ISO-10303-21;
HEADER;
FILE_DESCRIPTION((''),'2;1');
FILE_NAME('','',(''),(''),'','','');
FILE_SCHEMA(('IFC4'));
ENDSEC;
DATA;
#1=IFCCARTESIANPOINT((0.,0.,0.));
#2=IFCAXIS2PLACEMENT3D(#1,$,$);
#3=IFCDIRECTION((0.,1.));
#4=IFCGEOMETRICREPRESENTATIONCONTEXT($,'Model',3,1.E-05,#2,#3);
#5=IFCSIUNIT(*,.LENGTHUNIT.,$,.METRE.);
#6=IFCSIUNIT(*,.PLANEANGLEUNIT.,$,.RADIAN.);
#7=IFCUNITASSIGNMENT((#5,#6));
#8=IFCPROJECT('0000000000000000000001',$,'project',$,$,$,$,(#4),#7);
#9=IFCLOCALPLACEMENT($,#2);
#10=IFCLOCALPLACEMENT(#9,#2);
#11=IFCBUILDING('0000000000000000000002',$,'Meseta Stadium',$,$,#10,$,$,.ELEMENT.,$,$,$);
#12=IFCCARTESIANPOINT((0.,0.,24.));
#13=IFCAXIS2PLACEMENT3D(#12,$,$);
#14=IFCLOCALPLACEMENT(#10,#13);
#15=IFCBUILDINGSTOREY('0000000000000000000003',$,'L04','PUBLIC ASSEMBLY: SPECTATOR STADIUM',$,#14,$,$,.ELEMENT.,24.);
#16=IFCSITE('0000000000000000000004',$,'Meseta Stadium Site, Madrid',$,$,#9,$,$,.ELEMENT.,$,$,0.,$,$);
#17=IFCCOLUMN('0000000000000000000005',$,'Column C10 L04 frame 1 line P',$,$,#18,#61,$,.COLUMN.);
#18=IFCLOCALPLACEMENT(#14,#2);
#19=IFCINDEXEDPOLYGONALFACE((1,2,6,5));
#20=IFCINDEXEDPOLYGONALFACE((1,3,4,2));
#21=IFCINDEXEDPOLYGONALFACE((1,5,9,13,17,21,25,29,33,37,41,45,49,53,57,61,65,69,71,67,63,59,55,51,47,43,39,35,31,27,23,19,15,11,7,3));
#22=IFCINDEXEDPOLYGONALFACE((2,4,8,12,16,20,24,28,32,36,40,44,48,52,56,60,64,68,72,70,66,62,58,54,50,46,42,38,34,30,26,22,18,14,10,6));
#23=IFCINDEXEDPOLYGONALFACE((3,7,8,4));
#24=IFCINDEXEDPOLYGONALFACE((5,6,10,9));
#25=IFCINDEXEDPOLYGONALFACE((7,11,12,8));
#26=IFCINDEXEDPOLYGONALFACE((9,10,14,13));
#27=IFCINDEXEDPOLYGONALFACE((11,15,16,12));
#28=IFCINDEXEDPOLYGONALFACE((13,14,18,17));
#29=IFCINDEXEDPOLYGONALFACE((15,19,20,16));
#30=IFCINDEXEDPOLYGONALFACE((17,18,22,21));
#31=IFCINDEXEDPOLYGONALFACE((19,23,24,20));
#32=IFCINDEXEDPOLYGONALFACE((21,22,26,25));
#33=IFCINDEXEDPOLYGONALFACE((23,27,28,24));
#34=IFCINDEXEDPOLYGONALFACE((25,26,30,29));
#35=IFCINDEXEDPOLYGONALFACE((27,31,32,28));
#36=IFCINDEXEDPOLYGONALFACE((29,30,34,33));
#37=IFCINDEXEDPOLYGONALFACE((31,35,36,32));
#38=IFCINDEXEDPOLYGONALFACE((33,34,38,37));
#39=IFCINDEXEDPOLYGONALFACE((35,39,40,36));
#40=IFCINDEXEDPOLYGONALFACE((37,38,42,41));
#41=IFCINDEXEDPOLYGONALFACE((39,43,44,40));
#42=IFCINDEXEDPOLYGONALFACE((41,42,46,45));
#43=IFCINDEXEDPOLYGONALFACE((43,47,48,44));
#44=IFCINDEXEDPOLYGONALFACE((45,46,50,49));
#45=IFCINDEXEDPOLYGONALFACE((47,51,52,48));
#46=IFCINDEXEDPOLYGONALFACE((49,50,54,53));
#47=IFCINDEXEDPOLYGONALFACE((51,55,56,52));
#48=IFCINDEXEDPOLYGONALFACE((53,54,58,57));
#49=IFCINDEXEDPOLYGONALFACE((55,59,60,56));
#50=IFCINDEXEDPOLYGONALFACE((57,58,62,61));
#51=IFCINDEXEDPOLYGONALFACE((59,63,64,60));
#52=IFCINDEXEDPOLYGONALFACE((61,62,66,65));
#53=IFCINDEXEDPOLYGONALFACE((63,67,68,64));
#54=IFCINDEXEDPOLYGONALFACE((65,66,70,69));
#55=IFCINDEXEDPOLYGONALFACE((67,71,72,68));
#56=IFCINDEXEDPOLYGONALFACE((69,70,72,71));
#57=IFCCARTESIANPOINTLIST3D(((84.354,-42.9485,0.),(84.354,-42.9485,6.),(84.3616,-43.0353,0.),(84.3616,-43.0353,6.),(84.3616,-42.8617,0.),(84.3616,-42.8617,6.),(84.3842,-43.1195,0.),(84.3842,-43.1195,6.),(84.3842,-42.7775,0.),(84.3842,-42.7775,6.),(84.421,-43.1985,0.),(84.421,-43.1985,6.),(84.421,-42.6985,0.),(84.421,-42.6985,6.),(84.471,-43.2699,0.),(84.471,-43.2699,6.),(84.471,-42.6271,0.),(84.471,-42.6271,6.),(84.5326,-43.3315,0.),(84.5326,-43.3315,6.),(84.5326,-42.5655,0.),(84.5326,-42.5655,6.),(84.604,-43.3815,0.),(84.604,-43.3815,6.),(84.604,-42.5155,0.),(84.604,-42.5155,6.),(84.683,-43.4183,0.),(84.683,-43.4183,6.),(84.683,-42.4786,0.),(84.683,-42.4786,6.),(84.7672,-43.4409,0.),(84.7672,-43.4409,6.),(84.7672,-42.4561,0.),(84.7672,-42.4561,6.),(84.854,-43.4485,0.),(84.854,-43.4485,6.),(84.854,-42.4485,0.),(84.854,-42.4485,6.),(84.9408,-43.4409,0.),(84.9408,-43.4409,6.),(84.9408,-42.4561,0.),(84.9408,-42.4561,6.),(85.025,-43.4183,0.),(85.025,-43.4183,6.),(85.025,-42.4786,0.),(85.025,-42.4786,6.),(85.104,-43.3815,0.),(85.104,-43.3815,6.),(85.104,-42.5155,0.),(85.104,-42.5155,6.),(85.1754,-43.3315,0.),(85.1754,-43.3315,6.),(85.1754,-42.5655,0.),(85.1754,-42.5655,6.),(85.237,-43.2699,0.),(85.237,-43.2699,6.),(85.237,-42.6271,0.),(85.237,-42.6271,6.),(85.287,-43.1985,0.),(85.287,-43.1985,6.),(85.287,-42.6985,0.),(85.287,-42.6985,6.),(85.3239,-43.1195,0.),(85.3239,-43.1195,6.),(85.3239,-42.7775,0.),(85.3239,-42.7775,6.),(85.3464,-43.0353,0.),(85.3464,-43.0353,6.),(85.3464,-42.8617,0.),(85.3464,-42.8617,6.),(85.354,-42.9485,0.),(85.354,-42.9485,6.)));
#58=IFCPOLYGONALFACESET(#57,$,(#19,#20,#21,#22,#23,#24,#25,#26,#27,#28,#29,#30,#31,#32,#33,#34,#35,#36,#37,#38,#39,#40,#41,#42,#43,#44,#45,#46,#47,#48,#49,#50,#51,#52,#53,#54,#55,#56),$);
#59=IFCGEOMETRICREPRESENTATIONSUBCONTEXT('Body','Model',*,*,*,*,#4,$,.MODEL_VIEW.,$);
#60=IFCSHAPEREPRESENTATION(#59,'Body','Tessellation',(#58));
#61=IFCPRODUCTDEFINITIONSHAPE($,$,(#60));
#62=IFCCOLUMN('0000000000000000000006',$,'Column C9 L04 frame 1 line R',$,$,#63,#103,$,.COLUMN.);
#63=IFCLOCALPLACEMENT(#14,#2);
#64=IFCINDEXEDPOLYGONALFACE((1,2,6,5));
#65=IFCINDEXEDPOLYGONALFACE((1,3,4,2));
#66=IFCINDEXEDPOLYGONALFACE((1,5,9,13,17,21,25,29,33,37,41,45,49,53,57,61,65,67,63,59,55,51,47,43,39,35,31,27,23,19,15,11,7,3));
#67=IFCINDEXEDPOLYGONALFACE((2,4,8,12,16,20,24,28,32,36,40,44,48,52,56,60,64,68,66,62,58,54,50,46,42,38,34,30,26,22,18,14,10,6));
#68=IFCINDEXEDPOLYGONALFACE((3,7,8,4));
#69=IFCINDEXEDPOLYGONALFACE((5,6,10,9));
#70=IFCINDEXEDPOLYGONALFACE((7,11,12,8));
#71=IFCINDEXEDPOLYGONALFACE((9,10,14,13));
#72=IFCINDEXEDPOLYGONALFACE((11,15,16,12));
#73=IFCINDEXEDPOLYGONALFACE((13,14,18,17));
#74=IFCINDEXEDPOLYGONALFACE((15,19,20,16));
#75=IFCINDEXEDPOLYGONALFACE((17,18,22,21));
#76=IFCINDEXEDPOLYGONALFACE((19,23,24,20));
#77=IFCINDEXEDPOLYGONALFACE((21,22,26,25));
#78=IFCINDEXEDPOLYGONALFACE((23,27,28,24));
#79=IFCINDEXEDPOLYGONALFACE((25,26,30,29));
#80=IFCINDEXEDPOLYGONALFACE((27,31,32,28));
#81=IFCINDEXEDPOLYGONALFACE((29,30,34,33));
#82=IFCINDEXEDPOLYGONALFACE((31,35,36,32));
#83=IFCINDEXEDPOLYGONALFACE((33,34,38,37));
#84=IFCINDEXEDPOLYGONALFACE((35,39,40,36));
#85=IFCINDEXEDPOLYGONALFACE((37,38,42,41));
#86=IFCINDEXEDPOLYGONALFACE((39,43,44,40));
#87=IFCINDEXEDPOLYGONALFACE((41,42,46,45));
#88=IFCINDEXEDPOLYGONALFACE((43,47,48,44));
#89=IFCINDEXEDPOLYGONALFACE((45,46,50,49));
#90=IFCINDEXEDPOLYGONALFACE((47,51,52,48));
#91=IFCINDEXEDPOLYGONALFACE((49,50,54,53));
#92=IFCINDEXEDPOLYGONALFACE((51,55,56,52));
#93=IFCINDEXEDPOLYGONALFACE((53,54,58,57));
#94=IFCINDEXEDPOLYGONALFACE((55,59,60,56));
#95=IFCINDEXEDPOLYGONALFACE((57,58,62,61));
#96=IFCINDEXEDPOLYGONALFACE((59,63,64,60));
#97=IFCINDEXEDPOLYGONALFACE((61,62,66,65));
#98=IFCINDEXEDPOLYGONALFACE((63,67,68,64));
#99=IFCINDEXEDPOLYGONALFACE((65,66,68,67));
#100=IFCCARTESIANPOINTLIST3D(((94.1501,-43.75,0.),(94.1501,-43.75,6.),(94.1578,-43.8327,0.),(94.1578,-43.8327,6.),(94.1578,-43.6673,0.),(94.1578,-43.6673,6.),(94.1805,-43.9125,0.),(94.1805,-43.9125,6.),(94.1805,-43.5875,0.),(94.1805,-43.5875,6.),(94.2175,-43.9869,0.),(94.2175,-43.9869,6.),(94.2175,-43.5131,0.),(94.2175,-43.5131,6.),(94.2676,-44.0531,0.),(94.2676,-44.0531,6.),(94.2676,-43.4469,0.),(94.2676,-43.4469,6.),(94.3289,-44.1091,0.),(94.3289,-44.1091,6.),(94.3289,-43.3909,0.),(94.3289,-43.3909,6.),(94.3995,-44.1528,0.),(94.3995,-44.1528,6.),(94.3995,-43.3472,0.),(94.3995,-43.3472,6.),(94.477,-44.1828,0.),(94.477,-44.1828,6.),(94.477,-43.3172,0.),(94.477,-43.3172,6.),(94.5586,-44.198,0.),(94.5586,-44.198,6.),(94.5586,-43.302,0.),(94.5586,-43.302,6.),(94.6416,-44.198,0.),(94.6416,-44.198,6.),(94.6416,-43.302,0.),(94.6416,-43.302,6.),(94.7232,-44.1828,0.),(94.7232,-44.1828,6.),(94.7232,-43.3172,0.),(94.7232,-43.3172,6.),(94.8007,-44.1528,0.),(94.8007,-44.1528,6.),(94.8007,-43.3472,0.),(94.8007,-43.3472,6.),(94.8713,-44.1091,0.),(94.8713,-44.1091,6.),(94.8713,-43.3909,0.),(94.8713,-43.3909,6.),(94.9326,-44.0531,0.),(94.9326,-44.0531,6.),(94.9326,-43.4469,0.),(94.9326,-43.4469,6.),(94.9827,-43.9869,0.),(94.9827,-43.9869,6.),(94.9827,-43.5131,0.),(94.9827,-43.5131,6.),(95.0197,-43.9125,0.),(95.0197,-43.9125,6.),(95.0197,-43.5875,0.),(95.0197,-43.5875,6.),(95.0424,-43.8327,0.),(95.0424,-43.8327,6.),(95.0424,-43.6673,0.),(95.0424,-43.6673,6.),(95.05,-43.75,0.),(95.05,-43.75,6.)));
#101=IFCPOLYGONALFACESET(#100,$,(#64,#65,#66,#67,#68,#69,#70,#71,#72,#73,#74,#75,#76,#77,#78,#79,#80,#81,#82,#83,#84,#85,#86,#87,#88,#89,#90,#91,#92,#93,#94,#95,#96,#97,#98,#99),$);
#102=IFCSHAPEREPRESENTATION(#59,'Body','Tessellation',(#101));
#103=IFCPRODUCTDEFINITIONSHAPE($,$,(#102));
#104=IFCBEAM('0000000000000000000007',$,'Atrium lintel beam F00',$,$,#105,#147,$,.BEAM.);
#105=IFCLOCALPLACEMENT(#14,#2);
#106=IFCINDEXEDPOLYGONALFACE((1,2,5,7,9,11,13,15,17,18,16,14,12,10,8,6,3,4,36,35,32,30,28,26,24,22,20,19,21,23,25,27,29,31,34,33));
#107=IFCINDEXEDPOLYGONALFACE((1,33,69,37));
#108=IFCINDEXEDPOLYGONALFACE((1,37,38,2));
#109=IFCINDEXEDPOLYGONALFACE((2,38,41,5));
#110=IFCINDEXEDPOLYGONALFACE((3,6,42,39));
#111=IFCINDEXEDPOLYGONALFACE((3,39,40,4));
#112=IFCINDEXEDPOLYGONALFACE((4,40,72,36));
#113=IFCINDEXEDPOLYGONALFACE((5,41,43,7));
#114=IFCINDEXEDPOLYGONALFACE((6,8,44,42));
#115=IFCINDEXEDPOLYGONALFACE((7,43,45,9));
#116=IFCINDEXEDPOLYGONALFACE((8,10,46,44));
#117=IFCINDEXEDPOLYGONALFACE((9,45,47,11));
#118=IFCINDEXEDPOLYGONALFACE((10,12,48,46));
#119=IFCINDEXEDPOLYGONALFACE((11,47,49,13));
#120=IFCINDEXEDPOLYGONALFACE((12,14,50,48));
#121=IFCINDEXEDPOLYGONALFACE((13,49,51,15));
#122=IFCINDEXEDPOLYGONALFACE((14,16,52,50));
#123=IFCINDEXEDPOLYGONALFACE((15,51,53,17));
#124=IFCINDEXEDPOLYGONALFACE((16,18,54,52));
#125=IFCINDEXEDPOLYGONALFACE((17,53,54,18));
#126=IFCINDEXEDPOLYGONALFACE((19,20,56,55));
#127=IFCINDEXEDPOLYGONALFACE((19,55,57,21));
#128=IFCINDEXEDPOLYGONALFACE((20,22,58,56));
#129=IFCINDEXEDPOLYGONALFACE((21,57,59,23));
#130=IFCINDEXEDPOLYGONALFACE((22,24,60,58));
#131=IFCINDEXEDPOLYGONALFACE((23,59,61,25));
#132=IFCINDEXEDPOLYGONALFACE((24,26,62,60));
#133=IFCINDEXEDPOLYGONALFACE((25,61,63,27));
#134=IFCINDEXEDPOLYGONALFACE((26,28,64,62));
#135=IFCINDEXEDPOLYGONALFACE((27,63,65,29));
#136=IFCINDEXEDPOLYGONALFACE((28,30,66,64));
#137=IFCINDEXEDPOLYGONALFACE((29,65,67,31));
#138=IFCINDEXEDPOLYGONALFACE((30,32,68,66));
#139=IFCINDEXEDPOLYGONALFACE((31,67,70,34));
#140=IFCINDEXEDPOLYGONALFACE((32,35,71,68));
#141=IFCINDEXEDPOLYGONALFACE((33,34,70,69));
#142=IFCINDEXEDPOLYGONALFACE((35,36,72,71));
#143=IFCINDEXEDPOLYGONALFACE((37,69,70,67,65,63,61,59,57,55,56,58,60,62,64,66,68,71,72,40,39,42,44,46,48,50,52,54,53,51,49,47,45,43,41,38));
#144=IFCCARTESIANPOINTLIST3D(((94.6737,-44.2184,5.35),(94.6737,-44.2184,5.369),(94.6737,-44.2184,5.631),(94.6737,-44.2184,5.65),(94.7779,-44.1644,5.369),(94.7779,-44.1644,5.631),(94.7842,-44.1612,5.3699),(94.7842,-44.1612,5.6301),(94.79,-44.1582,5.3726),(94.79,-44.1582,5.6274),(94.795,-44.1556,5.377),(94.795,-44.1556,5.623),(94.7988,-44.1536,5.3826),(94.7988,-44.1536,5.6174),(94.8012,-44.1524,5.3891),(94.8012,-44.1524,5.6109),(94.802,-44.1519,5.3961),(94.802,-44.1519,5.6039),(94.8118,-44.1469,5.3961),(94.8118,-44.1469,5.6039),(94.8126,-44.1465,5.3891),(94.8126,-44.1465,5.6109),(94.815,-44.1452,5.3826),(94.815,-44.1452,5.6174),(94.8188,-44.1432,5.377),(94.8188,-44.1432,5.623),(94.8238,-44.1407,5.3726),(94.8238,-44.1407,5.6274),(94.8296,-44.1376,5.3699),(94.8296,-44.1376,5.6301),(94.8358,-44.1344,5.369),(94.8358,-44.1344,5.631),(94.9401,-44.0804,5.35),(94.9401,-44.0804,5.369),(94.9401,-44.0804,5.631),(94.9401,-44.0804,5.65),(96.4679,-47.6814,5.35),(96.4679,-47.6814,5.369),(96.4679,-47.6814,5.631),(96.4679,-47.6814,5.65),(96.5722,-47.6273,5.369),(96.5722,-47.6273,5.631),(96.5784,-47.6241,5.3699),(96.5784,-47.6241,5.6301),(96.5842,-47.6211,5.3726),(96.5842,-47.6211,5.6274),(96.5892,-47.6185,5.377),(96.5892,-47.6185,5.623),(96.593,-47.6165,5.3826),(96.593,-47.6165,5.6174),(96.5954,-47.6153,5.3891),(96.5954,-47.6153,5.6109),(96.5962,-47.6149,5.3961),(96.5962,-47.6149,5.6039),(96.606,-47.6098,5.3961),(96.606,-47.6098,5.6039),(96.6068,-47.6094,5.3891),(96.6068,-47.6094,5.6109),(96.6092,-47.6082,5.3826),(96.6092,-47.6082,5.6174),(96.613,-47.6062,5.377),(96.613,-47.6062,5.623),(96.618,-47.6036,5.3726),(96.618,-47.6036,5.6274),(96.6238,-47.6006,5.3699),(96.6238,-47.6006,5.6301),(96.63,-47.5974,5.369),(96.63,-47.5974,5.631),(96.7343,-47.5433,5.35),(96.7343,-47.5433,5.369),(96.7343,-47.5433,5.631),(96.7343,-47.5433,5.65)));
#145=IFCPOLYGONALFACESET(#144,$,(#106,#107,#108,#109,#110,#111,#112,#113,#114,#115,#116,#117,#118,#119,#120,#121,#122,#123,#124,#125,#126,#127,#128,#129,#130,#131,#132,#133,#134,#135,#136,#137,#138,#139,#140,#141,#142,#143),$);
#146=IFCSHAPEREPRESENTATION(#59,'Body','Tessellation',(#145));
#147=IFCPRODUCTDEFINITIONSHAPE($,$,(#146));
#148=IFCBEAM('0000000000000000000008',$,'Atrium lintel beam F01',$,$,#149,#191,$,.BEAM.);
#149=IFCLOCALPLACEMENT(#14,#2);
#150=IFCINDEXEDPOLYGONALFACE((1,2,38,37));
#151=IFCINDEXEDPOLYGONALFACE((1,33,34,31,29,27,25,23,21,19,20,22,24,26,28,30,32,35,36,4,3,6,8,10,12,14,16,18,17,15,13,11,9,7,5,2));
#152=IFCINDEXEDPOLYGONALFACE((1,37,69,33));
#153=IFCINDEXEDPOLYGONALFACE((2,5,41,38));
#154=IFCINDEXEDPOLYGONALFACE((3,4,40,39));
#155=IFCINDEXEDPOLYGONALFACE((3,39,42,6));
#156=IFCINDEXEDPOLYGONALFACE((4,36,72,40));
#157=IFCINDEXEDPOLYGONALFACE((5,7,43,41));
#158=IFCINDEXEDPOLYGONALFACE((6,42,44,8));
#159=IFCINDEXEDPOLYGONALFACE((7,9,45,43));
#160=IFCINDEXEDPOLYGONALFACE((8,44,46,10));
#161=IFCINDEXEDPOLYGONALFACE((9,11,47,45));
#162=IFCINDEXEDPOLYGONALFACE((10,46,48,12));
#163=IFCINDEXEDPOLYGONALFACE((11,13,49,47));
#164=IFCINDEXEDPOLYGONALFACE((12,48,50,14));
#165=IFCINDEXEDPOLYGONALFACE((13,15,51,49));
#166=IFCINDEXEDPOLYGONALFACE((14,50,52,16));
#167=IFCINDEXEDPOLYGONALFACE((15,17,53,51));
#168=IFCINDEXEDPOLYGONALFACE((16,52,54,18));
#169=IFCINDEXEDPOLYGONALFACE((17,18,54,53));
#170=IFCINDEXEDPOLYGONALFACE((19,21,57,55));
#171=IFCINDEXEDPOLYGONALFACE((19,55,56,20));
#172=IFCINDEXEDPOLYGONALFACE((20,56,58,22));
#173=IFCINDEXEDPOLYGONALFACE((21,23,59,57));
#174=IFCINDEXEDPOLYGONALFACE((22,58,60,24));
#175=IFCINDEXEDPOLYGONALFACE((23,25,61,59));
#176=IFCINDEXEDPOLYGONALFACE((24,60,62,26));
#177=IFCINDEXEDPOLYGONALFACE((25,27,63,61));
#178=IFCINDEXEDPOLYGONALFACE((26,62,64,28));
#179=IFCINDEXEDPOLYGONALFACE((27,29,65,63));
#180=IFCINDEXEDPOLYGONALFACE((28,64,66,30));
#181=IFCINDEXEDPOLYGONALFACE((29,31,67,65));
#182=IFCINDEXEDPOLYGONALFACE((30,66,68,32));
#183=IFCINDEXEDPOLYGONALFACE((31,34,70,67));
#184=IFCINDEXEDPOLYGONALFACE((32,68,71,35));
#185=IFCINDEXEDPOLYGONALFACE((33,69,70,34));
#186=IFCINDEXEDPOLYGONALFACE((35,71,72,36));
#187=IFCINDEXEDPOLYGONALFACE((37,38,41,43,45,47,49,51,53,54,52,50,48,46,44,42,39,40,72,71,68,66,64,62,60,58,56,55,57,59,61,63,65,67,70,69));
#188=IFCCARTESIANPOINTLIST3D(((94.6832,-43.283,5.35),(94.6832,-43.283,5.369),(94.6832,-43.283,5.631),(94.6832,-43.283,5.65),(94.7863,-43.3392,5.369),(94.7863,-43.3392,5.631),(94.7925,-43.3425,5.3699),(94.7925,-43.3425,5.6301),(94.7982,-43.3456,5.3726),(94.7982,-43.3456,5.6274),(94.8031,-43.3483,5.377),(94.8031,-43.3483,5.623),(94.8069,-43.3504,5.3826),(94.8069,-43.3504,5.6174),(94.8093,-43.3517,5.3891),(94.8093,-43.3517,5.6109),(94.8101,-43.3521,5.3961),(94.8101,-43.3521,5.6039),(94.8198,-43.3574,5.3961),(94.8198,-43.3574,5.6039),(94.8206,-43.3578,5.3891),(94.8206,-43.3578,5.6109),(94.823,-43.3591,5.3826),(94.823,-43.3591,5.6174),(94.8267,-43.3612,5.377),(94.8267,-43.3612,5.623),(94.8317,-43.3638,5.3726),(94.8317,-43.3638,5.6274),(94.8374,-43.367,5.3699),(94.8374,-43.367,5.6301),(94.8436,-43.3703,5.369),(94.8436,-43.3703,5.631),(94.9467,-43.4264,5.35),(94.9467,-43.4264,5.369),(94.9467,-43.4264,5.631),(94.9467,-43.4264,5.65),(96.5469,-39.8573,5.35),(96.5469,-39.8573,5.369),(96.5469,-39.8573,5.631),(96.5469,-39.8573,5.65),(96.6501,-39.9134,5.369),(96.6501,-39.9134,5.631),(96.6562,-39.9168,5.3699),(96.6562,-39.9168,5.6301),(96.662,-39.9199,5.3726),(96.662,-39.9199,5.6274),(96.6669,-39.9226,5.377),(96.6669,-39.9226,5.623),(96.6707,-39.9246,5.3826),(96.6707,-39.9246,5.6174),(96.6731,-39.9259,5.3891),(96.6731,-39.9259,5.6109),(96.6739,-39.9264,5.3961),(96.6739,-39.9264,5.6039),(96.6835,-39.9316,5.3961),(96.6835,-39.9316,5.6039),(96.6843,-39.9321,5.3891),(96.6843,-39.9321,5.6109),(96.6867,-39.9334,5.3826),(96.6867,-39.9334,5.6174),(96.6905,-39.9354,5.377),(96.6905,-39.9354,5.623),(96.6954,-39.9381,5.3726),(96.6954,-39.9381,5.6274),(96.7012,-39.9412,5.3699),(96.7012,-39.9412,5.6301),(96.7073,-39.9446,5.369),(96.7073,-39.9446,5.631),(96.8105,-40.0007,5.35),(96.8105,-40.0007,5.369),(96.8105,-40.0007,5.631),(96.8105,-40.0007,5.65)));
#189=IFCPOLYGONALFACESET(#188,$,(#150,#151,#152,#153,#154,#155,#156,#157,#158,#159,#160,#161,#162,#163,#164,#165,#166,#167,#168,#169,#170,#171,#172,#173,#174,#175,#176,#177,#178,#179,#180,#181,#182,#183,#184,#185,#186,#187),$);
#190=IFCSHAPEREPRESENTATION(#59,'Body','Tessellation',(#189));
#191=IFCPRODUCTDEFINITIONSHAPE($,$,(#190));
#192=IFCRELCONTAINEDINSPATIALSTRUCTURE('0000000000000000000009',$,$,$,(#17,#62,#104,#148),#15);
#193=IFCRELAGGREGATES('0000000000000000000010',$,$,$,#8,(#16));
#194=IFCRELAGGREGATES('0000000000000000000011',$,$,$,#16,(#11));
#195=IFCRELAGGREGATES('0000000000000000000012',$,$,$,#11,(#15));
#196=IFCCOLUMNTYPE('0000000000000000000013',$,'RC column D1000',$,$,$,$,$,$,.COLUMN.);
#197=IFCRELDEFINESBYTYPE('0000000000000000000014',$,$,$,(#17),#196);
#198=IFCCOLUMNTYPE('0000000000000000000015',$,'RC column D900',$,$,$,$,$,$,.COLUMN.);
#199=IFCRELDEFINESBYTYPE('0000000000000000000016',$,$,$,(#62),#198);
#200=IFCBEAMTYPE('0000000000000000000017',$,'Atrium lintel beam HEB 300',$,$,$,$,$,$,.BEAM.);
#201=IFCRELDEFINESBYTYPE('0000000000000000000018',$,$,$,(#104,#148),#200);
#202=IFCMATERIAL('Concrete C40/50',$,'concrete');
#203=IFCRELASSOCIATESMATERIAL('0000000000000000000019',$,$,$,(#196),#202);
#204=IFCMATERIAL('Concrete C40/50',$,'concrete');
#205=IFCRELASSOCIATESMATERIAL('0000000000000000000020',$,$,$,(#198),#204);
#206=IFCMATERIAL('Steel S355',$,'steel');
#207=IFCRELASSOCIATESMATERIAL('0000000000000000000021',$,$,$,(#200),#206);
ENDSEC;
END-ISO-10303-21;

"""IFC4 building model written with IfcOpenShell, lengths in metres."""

from ifc_helpers import new_model, si_unit, direction, frame, origin, origin_2d, place, context, subcontext, project, spatial, circle, i_section, extrude, material, material_profile, profile_set, type_object, element, save


model = new_model("IFC4")

# Units and contexts
model_context = context("Model", 3, precision=1e-05, world=origin(), true_north=direction((0.0, 1.0)))
body_context = subcontext(model_context, "Body", "Model", "MODEL_VIEW")
ifc_project = project(units=[si_unit("LENGTHUNIT", "METRE"), si_unit("PLANEANGLEUNIT", "RADIAN")], contexts=[model_context])

# Site, building, storey
site_placement = place(None, origin())
site = spatial("IfcSite", under=ifc_project, at=site_placement, Name="Meseta Stadium Site, Madrid", CompositionType="ELEMENT", RefElevation=0.0)
building_placement = place(site_placement, origin())
building = spatial("IfcBuilding", under=site, at=building_placement, Name="Meseta Stadium", CompositionType="ELEMENT")
storey_placement = place(building_placement, frame((0.0, 0.0, 24.0)))
storey = spatial("IfcBuildingStorey", under=building, at=storey_placement, Name="L04", Description="PUBLIC ASSEMBLY: SPECTATOR STADIUM", CompositionType="ELEMENT", Elevation=24.0)

# Columns
ifc_material_1 = material(Name="Concrete C40/50", Category="concrete")
ifc_material_profile_1 = material_profile(ifc_material_1, circle(Radius=0.5, at=origin_2d()), Name="RC D1000")
ifc_profile_set_1 = profile_set([ifc_material_profile_1], Name="Concrete C40/50")
column_type_1 = type_object("IfcColumnType", Name="RC column D1000", PredefinedType="COLUMN", material=ifc_profile_set_1)
column_1_placement = place(storey_placement, frame((84.854, -42.9485, 0.0), z_axis=(0.0, 0.0, 1.0), x_axis=(1.0, 0.0, 0.0)))
element("IfcColumn", 1, at=column_1_placement, inside=storey, type_object=column_type_1, Name="Column C10 L04 frame 1 line P", PredefinedType="COLUMN", context=body_context, shape_type="SweptSolid", body=[
    extrude(circle(Radius=0.5, at=origin_2d()), origin(), (0.0, 0.0, 1.0), 6.0),
])
ifc_material_2 = material(Name="Concrete C40/50", Category="concrete")
ifc_material_profile_2 = material_profile(ifc_material_2, circle(Radius=0.45, at=origin_2d()), Name="RC D900")
ifc_profile_set_2 = profile_set([ifc_material_profile_2], Name="Concrete C40/50")
column_type_2 = type_object("IfcColumnType", Name="RC column D900", PredefinedType="COLUMN", material=ifc_profile_set_2)
column_2_placement = place(storey_placement, frame((94.6001, -43.75, 0.0), z_axis=(0.0, 0.0, 1.0), x_axis=(1.0, 0.0, 0.0)))
element("IfcColumn", 2, at=column_2_placement, inside=storey, type_object=column_type_2, Name="Column C9 L04 frame 1 line R", PredefinedType="COLUMN", context=body_context, shape_type="SweptSolid", body=[
    extrude(circle(Radius=0.45, at=origin_2d()), origin(), (0.0, 0.0, 1.0), 6.0),
])

# Beams
ifc_material_3 = material(Name="Steel S355", Category="steel")
ifc_material_profile_3 = material_profile(ifc_material_3, i_section(OverallWidth=0.3, OverallDepth=0.3, WebThickness=0.011, FlangeThickness=0.019, FilletRadius=0.0271, at=origin_2d()), Name="HEB 300")
ifc_profile_set_3 = profile_set([ifc_material_profile_3], Name="Steel S355")
beam_type_1 = type_object("IfcBeamType", Name="Atrium lintel beam HEB 300", PredefinedType="BEAM", material=ifc_profile_set_3)
beam_1_placement = place(storey_placement, frame((94.8069, -44.1494, 5.5), z_axis=(0.460038, -0.887899, 0.0), x_axis=(0.887899, 0.460038, 0.0)))
element("IfcBeam", 3, at=beam_1_placement, inside=storey, type_object=beam_type_1, Name="Atrium lintel beam F00", PredefinedType="BEAM", context=body_context, shape_type="SweptSolid", body=[
    extrude(i_section(OverallWidth=0.3, OverallDepth=0.3, WebThickness=0.011, FlangeThickness=0.019, FilletRadius=0.0271, at=origin_2d()), origin(), (0.0, 0.0, 1.0), 3.9001),
])
beam_2_placement = place(storey_placement, frame((94.8149, -43.3547, 5.5), z_axis=(0.477896, 0.878417, 0.0), x_axis=(-0.878417, 0.477896, 0.0)))
element("IfcBeam", 4, at=beam_2_placement, inside=storey, type_object=beam_type_1, Name="Atrium lintel beam F01", PredefinedType="BEAM", context=body_context, shape_type="SweptSolid", body=[
    extrude(i_section(OverallWidth=0.3, OverallDepth=0.3, WebThickness=0.011, FlangeThickness=0.019, FilletRadius=0.0271, at=origin_2d()), origin(), (0.0, 0.0, 1.0), 3.8999),
])

save(model, "model.ifc")
